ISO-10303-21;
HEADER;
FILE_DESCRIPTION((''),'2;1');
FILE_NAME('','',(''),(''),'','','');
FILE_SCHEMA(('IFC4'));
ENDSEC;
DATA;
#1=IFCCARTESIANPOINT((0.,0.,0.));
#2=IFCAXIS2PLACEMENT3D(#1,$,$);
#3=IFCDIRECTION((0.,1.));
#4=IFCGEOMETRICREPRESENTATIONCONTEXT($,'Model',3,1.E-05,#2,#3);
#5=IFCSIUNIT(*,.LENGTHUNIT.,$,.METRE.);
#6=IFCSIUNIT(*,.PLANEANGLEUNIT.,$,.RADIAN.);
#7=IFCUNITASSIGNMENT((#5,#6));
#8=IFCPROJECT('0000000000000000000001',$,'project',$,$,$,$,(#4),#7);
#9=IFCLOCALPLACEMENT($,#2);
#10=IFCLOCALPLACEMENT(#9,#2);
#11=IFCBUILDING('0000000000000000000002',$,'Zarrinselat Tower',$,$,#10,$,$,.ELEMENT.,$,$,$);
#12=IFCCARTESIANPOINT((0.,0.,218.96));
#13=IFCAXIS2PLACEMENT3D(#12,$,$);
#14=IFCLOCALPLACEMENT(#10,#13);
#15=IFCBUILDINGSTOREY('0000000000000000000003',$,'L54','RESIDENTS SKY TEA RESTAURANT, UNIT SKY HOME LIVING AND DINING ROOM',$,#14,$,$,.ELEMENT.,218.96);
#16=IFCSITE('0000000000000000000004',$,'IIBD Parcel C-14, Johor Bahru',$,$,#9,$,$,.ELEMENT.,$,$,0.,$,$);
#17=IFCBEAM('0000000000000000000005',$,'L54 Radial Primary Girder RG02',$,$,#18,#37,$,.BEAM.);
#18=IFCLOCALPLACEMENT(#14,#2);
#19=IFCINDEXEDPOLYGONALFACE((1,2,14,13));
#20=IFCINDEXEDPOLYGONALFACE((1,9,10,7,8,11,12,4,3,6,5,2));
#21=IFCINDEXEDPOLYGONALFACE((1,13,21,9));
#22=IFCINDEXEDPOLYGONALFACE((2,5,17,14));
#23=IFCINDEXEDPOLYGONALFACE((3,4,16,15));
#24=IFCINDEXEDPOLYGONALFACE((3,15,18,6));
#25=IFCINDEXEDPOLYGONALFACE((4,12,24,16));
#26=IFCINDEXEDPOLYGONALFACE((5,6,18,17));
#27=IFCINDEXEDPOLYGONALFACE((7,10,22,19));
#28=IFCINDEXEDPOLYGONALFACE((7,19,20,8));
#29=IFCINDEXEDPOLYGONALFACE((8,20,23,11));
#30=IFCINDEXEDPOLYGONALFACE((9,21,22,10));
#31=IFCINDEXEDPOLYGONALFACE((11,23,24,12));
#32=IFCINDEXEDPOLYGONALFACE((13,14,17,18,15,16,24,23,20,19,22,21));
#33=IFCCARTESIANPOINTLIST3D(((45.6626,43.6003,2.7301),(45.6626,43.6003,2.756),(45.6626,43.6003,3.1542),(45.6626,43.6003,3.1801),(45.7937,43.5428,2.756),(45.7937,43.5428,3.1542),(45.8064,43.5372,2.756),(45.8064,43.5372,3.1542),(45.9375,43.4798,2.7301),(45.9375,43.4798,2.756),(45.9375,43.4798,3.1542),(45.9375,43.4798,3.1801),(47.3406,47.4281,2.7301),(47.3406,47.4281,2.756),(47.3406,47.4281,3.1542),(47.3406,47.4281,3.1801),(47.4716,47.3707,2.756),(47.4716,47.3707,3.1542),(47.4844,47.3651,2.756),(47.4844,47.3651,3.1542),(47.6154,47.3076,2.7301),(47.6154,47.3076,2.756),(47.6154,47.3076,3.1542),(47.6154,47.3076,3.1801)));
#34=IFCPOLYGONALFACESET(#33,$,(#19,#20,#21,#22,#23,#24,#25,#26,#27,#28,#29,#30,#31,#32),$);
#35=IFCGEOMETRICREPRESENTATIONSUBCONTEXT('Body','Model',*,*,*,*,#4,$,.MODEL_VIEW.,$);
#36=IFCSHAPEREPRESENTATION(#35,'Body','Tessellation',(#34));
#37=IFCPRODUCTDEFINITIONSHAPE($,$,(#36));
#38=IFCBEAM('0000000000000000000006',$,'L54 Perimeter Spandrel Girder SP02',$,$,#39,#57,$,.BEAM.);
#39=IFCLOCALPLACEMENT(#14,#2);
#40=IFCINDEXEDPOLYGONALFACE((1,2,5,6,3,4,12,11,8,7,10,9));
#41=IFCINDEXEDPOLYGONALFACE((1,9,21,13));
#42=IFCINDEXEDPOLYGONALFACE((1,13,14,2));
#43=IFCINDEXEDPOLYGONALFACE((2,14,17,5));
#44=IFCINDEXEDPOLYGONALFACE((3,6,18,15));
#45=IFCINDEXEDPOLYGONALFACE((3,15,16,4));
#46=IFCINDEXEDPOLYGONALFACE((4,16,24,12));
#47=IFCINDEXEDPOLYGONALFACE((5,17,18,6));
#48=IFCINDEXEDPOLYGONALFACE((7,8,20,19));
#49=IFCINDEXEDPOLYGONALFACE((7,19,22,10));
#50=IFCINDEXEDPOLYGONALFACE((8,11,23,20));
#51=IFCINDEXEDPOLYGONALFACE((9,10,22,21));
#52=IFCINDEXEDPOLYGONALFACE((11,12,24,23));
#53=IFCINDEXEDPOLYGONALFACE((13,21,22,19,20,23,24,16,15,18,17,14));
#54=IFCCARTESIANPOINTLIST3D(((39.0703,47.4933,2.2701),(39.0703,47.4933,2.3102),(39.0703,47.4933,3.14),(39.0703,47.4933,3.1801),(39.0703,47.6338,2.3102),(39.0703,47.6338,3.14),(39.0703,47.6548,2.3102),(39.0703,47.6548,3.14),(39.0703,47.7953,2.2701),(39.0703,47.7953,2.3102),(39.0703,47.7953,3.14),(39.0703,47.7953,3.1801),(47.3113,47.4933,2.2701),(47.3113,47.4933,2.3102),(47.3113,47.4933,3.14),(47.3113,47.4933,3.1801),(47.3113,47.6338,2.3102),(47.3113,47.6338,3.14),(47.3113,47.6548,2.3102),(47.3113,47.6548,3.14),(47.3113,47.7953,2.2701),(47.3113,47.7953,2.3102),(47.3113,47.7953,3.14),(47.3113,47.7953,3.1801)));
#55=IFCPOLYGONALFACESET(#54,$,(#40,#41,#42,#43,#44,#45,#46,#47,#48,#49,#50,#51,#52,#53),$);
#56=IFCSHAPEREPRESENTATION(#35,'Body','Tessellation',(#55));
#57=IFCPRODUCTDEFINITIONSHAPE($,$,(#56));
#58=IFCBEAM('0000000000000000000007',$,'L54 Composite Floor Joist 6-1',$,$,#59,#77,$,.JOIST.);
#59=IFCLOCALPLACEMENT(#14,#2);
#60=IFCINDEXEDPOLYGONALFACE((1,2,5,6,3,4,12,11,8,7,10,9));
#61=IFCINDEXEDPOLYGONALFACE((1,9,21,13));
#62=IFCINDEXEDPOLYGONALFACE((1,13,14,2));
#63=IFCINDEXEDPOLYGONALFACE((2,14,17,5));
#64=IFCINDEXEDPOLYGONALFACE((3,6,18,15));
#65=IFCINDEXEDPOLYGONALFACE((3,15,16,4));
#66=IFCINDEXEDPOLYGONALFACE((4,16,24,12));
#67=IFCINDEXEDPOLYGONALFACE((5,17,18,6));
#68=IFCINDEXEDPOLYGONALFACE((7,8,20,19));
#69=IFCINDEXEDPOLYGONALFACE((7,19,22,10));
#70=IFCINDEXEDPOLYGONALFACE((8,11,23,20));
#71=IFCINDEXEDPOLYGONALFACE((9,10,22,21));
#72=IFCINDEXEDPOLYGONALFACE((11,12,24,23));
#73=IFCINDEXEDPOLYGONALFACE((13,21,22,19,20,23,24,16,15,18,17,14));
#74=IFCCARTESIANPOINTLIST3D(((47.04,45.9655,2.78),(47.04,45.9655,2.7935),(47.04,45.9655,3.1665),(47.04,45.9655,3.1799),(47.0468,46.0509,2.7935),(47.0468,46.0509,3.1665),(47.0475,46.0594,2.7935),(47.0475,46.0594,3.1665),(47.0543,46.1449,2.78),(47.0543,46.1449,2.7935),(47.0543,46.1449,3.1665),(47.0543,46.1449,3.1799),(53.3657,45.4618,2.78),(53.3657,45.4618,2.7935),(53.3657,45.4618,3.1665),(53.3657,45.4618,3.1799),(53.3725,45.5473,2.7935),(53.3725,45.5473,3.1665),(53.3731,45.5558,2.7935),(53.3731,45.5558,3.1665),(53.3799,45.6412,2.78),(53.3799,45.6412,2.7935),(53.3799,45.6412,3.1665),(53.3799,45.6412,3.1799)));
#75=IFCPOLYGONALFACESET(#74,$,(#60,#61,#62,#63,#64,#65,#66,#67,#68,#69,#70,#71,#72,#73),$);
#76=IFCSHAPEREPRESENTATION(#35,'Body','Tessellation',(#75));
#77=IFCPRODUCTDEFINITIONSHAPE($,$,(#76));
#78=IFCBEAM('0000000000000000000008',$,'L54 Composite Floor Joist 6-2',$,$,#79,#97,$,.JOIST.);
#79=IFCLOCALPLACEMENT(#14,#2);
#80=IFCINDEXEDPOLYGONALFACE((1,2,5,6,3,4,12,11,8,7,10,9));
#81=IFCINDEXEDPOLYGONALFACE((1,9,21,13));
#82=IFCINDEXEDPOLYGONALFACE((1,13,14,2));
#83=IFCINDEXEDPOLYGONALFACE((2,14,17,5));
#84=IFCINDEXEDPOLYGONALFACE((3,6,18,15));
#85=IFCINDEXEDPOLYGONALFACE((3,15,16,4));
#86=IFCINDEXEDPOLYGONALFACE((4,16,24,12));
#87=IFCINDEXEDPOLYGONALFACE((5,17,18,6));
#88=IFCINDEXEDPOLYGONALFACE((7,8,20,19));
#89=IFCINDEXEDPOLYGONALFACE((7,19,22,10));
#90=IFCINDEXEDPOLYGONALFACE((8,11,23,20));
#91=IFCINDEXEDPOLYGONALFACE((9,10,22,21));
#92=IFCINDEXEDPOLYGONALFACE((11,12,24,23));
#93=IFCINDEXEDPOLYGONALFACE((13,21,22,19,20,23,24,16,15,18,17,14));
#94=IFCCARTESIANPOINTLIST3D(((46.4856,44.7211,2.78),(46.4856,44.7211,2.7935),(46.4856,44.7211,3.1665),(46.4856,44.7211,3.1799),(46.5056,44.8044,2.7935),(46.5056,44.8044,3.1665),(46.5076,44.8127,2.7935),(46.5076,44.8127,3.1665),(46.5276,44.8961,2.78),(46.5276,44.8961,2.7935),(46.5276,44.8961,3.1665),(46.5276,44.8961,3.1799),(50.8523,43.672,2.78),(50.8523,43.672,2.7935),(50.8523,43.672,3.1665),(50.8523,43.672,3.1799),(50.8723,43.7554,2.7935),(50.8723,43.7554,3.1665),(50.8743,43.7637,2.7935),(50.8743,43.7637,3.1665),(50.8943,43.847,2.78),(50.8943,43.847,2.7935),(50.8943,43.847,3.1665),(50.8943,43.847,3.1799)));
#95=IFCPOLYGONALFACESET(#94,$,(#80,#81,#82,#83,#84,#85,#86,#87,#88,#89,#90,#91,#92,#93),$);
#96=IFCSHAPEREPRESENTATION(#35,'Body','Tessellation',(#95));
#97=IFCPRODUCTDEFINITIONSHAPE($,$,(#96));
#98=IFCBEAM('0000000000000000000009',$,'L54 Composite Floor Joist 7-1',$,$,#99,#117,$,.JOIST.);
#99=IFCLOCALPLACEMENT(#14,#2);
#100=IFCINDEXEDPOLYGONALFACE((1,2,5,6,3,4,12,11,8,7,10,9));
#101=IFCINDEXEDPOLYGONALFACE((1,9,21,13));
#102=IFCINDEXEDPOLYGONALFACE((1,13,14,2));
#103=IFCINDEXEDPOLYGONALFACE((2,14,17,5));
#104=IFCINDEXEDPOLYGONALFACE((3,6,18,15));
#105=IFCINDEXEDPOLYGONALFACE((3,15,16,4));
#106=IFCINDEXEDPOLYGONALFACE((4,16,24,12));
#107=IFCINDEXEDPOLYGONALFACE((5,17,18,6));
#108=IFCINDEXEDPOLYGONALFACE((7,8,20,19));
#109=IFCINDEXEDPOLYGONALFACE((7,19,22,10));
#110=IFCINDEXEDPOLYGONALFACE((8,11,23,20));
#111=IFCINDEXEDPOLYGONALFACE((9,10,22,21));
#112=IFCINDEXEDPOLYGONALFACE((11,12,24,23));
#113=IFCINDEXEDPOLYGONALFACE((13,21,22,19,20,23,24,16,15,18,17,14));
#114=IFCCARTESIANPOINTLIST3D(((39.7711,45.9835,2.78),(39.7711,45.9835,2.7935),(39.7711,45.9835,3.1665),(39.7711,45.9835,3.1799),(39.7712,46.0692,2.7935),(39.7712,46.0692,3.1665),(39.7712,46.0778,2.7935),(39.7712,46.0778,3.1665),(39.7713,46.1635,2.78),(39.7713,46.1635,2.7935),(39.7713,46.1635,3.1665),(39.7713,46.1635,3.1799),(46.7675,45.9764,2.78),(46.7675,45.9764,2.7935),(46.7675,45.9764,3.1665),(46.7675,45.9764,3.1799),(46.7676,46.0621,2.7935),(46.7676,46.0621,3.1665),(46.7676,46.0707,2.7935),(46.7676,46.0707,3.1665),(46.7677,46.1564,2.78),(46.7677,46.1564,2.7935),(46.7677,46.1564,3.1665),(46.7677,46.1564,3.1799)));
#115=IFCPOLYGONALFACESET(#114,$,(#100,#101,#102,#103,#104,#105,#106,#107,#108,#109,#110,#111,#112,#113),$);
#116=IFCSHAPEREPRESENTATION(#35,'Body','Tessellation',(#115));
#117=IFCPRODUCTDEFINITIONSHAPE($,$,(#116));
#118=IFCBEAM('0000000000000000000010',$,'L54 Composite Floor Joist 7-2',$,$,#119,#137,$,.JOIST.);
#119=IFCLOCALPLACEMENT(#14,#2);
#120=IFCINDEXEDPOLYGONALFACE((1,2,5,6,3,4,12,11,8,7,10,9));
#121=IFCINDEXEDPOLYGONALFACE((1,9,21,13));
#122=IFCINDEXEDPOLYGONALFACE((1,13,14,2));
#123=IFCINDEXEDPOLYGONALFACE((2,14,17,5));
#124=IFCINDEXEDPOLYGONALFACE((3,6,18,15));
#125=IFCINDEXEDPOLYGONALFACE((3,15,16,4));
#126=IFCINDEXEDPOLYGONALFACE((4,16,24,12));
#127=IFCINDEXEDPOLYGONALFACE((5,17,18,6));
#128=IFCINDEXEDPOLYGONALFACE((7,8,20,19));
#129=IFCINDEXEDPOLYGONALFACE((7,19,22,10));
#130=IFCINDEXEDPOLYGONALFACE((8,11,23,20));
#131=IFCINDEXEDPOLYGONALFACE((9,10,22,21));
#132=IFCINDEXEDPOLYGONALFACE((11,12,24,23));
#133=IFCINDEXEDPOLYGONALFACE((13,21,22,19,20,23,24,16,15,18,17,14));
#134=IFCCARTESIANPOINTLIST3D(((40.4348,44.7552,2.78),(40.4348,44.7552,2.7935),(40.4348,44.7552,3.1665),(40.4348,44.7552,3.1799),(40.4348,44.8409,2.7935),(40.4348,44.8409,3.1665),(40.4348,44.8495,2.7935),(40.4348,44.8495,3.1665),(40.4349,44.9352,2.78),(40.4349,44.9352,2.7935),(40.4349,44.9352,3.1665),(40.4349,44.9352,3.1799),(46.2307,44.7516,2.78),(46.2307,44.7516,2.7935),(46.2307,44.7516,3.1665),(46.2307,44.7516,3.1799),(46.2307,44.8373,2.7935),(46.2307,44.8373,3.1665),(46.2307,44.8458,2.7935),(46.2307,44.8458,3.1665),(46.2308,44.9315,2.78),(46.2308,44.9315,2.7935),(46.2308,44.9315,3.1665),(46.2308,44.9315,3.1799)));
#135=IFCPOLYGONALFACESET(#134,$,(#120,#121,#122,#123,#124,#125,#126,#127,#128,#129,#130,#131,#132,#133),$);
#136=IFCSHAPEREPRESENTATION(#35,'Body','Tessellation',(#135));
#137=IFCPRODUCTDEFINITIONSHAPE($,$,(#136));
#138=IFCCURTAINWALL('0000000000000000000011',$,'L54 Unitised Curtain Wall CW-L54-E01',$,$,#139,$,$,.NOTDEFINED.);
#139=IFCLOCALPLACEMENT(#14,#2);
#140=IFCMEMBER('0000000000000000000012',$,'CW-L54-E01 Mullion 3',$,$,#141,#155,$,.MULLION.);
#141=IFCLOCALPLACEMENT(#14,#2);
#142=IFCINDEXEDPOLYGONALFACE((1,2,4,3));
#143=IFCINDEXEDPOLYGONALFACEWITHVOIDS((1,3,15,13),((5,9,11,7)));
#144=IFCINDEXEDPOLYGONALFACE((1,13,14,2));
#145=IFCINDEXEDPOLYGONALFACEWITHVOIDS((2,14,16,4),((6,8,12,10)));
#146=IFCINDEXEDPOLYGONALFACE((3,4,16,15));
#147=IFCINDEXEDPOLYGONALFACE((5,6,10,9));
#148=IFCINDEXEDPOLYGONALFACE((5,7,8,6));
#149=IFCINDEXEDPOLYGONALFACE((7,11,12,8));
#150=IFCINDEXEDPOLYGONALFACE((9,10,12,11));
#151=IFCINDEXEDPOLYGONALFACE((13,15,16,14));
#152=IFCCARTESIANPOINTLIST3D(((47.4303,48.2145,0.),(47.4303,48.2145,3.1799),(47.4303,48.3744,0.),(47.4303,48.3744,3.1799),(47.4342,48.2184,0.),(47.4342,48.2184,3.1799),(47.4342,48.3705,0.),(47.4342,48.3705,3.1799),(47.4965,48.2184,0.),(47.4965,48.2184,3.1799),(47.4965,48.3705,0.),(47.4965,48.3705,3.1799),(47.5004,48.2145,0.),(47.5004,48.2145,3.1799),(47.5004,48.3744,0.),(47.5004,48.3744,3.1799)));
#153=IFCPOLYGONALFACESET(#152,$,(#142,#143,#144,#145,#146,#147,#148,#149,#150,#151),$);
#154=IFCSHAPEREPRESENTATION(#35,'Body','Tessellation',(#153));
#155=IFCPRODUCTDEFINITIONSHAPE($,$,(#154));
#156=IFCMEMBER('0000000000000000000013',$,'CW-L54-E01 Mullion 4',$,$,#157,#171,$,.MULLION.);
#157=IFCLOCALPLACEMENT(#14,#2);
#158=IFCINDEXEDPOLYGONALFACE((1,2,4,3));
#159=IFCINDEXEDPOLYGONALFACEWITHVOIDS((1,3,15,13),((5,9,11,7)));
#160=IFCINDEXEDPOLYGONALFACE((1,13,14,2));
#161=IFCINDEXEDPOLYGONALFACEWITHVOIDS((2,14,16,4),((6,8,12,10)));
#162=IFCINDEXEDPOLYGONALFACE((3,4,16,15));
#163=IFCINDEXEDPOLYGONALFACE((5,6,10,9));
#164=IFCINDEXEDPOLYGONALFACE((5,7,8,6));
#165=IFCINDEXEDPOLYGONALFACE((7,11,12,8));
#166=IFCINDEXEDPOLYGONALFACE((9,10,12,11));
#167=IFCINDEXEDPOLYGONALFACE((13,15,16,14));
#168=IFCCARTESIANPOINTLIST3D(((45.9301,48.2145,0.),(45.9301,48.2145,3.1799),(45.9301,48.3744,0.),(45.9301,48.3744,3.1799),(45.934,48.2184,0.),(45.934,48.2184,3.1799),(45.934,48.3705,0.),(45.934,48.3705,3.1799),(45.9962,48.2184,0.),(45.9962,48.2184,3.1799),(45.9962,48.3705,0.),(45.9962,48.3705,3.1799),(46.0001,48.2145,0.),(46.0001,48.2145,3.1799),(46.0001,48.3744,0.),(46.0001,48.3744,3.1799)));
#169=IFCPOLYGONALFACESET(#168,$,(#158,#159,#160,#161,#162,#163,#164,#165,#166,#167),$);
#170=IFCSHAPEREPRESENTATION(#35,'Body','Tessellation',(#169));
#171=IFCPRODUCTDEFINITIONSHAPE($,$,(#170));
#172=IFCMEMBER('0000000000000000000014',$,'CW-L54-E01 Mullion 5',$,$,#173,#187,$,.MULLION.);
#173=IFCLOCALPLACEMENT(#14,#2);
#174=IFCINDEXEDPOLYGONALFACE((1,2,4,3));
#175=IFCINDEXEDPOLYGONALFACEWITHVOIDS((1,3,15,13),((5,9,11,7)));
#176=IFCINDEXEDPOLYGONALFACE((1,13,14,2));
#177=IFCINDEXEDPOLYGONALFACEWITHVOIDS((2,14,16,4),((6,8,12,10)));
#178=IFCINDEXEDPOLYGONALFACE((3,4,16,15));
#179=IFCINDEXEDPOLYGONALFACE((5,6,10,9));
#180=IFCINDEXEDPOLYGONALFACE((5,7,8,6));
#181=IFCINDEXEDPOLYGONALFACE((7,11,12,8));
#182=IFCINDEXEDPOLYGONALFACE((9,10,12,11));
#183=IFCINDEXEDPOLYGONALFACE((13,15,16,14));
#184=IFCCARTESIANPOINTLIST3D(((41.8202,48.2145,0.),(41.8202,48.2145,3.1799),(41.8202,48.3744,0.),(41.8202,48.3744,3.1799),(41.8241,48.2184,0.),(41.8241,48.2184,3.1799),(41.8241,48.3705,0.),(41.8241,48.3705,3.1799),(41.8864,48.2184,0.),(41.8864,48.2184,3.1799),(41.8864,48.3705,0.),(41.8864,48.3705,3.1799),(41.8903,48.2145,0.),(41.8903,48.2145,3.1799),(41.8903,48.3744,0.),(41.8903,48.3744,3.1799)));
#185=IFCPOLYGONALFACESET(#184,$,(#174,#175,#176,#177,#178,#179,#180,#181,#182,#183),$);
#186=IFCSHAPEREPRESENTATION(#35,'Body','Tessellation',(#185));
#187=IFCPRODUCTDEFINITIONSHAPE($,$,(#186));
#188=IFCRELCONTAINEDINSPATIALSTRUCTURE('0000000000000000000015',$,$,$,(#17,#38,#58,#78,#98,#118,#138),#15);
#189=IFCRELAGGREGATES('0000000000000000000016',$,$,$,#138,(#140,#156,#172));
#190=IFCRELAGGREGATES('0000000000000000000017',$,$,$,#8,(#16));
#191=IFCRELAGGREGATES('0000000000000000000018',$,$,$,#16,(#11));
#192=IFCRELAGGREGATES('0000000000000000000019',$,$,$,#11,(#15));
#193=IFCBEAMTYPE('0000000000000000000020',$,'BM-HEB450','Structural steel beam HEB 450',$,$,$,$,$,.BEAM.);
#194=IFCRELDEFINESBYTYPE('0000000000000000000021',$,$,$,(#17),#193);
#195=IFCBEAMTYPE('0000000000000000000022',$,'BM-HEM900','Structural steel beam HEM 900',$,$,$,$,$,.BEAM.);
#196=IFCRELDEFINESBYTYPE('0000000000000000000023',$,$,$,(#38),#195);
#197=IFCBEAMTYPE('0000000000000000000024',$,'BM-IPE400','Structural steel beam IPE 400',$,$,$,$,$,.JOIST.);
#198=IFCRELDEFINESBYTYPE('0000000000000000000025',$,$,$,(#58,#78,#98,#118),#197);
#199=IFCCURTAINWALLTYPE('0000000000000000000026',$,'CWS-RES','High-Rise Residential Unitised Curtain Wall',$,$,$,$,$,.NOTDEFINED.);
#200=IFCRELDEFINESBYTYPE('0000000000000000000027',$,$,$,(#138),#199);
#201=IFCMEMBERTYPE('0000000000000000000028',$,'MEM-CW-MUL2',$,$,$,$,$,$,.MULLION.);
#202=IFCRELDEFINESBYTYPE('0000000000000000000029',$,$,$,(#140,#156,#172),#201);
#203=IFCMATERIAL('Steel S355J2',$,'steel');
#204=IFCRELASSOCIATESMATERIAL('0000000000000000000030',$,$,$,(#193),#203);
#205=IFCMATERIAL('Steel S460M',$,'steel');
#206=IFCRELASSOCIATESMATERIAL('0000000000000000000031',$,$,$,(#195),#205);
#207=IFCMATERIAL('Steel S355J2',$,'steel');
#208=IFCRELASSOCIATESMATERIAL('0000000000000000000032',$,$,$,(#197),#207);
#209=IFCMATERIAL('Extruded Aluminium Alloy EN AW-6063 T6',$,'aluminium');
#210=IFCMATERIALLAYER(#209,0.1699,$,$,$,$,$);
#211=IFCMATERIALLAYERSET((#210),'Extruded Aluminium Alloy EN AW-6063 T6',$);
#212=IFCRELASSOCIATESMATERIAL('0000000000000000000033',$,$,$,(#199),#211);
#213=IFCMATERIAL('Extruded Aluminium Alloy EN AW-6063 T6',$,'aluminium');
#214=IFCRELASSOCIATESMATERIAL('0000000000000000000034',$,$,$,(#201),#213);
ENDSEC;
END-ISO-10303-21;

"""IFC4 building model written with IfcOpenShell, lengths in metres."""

from ifc_helpers import new_model, si_unit, direction, frame, origin, origin_2d, place, context, subcontext, project, spatial, hollow_rectangle, i_section, extrude, material, layer, layer_set, material_profile, profile_set, type_object, element, aggregate, save


model = new_model("IFC4")

# Units and contexts
model_context = context("Model", 3, precision=1e-05, world=origin(), true_north=direction((0.0, 1.0)))
body_context = subcontext(model_context, "Body", "Model", "MODEL_VIEW")
ifc_project = project(units=[si_unit("LENGTHUNIT", "METRE"), si_unit("PLANEANGLEUNIT", "RADIAN")], contexts=[model_context])

# Site, building, storey
site_placement = place(None, origin())
site = spatial("IfcSite", under=ifc_project, at=site_placement, Name="IIBD Parcel C-14, Johor Bahru", CompositionType="ELEMENT", RefElevation=0.0)
building_placement = place(site_placement, origin())
building = spatial("IfcBuilding", under=site, at=building_placement, Name="Zarrinselat Tower", CompositionType="ELEMENT")
storey_placement = place(building_placement, frame((0.0, 0.0, 218.96)))
storey = spatial("IfcBuildingStorey", under=building, at=storey_placement, Name="L54", Description="RESIDENTS SKY TEA RESTAURANT, UNIT SKY HOME LIVING AND DINING ROOM", CompositionType="ELEMENT", Elevation=218.96)

# Beams
ifc_material_1 = material(Name="Steel S355J2", Category="steel")
ifc_material_profile_1 = material_profile(ifc_material_1, i_section(OverallWidth=0.3, OverallDepth=0.45, WebThickness=0.0139, FlangeThickness=0.0259, at=origin_2d()), Name="HEB 450")
ifc_profile_set_1 = profile_set([ifc_material_profile_1], Name="Steel S355J2")
beam_type_1 = type_object("IfcBeamType", Name="BM-HEB450", Description="Structural steel beam HEB 450", PredefinedType="BEAM", material=ifc_profile_set_1)
beam_1_placement = place(storey_placement, frame((45.8, 43.54, 2.9551), z_axis=(0.401478, 0.915869, 0.0), x_axis=(-0.915869, 0.401478, 0.0)))
element("IfcBeam", 1, at=beam_1_placement, inside=storey, type_object=beam_type_1, Name="L54 Radial Primary Girder RG02", PredefinedType="BEAM", context=body_context, shape_type="SweptSolid", body=[
    extrude(i_section(OverallWidth=0.3, OverallDepth=0.45, WebThickness=0.0139, FlangeThickness=0.0259, at=origin_2d()), origin(), (0.0, 0.0, 1.0), 4.1794),
])
ifc_material_2 = material(Name="Steel S460M", Category="steel")
ifc_material_profile_2 = material_profile(ifc_material_2, i_section(OverallWidth=0.302, OverallDepth=0.9099, WebThickness=0.021, FlangeThickness=0.04, at=origin_2d()), Name="HEM 900")
ifc_profile_set_2 = profile_set([ifc_material_profile_2], Name="Steel S460M")
beam_type_2 = type_object("IfcBeamType", Name="BM-HEM900", Description="Structural steel beam HEM 900", PredefinedType="BEAM", material=ifc_profile_set_2)
beam_2_placement = place(storey_placement, frame((39.0703, 47.6443, 2.7251), z_axis=(1.0, 0.0, 0.0), x_axis=(0.0, 1.0, 0.0)))
element("IfcBeam", 2, at=beam_2_placement, inside=storey, type_object=beam_type_2, Name="L54 Perimeter Spandrel Girder SP02", PredefinedType="BEAM", context=body_context, shape_type="SweptSolid", body=[
    extrude(i_section(OverallWidth=0.302, OverallDepth=0.9099, WebThickness=0.021, FlangeThickness=0.04, at=origin_2d()), origin(), (0.0, 0.0, 1.0), 8.241),
])
ifc_material_3 = material(Name="Steel S355J2", Category="steel")
ifc_material_profile_3 = material_profile(ifc_material_3, i_section(OverallWidth=0.1799, OverallDepth=0.3999, WebThickness=0.0085, FlangeThickness=0.0134, at=origin_2d()), Name="IPE 400")
ifc_profile_set_3 = profile_set([ifc_material_profile_3], Name="Steel S355J2")
beam_type_3 = type_object("IfcBeamType", Name="BM-IPE400", Description="Structural steel beam IPE 400", PredefinedType="JOIST", material=ifc_profile_set_3)
beam_3_placement = place(storey_placement, frame((47.0471, 46.0552, 2.98), z_axis=(0.996845, -0.079371, 0.0), x_axis=(0.079371, 0.996845, 0.0)))
element("IfcBeam", 3, at=beam_3_placement, inside=storey, type_object=beam_type_3, Name="L54 Composite Floor Joist 6-1", PredefinedType="JOIST", context=body_context, shape_type="SweptSolid", body=[
    extrude(i_section(OverallWidth=0.1799, OverallDepth=0.3999, WebThickness=0.0085, FlangeThickness=0.0134, at=origin_2d()), origin(), (0.0, 0.0, 1.0), 6.3457),
])
beam_4_placement = place(storey_placement, frame((46.5066, 44.8086, 2.98), z_axis=(0.972333, -0.233597, 0.0), x_axis=(0.233597, 0.972333, 0.0)))
element("IfcBeam", 4, at=beam_4_placement, inside=storey, type_object=beam_type_3, Name="L54 Composite Floor Joist 6-2", PredefinedType="JOIST", context=body_context, shape_type="SweptSolid", body=[
    extrude(i_section(OverallWidth=0.1799, OverallDepth=0.3999, WebThickness=0.0085, FlangeThickness=0.0134, at=origin_2d()), origin(), (0.0, 0.0, 1.0), 4.491),
])
beam_5_placement = place(storey_placement, frame((39.7712, 46.0735, 2.98), z_axis=(0.999999, -0.001012, 0.0), x_axis=(0.001012, 0.999999, 0.0)))
element("IfcBeam", 5, at=beam_5_placement, inside=storey, type_object=beam_type_3, Name="L54 Composite Floor Joist 7-1", PredefinedType="JOIST", context=body_context, shape_type="SweptSolid", body=[
    extrude(i_section(OverallWidth=0.1799, OverallDepth=0.3999, WebThickness=0.0085, FlangeThickness=0.0134, at=origin_2d()), origin(), (0.0, 0.0, 1.0), 6.9963),
])
beam_6_placement = place(storey_placement, frame((40.4348, 44.8452, 2.98), z_axis=(1.0, -0.000632, 0.0), x_axis=(0.000632, 1.0, 0.0)))
element("IfcBeam", 6, at=beam_6_placement, inside=storey, type_object=beam_type_3, Name="L54 Composite Floor Joist 7-2", PredefinedType="JOIST", context=body_context, shape_type="SweptSolid", body=[
    extrude(i_section(OverallWidth=0.1799, OverallDepth=0.3999, WebThickness=0.0085, FlangeThickness=0.0134, at=origin_2d()), origin(), (0.0, 0.0, 1.0), 5.7959),
])

# Curtain wall, members
ifc_material_4 = material(Name="Extruded Aluminium Alloy EN AW-6063 T6", Category="aluminium")
ifc_layer_1 = layer(ifc_material_4, 0.1699)
ifc_layer_set_1 = layer_set([ifc_layer_1], Name="Extruded Aluminium Alloy EN AW-6063 T6")
curtain_wall_type = type_object("IfcCurtainWallType", Name="CWS-RES", Description="High-Rise Residential Unitised Curtain Wall", PredefinedType="NOTDEFINED", material=ifc_layer_set_1)
curtain_wall_placement = place(storey_placement, origin())
curtain_wall = element("IfcCurtainWall", 7, at=curtain_wall_placement, inside=storey, type_object=curtain_wall_type, Name="L54 Unitised Curtain Wall CW-L54-E01", PredefinedType="NOTDEFINED")
ifc_material_5 = material(Name="Extruded Aluminium Alloy EN AW-6063 T6", Category="aluminium")
ifc_material_profile_4 = material_profile(ifc_material_5, hollow_rectangle(XDim=0.0701, YDim=0.1599, WallThickness=0.0039, at=origin_2d()), Name="RHS 160x70x4")
ifc_profile_set_4 = profile_set([ifc_material_profile_4], Name="Extruded Aluminium Alloy EN AW-6063 T6")
member_type_1 = type_object("IfcMemberType", Name="MEM-CW-MUL2", PredefinedType="MULLION", material=ifc_profile_set_4)
member_1_placement = place(storey_placement, frame((47.4653, 48.2944, 0.0), z_axis=(0.0, 0.0, 1.0), x_axis=(-1.0, 0.0, 0.0)))
member_1 = element("IfcMember", 8, at=member_1_placement, type_object=member_type_1, Name="CW-L54-E01 Mullion 3", PredefinedType="MULLION", context=body_context, shape_type="SweptSolid", body=[
    extrude(hollow_rectangle(XDim=0.0701, YDim=0.1599, WallThickness=0.0039, at=origin_2d()), origin(), (0.0, 0.0, 1.0), 3.1799),
])
member_2_placement = place(storey_placement, frame((45.9651, 48.2944, 0.0), z_axis=(0.0, 0.0, 1.0), x_axis=(-1.0, 0.0, 0.0)))
member_2 = element("IfcMember", 9, at=member_2_placement, type_object=member_type_1, Name="CW-L54-E01 Mullion 4", PredefinedType="MULLION", context=body_context, shape_type="SweptSolid", body=[
    extrude(hollow_rectangle(XDim=0.0701, YDim=0.1599, WallThickness=0.0039, at=origin_2d()), origin(), (0.0, 0.0, 1.0), 3.1799),
])
member_3_placement = place(storey_placement, frame((41.8552, 48.2944, 0.0), z_axis=(0.0, 0.0, 1.0), x_axis=(-1.0, 0.0, 0.0)))
member_3 = element("IfcMember", 10, at=member_3_placement, type_object=member_type_1, Name="CW-L54-E01 Mullion 5", PredefinedType="MULLION", context=body_context, shape_type="SweptSolid", body=[
    extrude(hollow_rectangle(XDim=0.0701, YDim=0.1599, WallThickness=0.0039, at=origin_2d()), origin(), (0.0, 0.0, 1.0), 3.1799),
])
aggregate(curtain_wall, [member_1, member_2, member_3])

save(model, "model.ifc")
